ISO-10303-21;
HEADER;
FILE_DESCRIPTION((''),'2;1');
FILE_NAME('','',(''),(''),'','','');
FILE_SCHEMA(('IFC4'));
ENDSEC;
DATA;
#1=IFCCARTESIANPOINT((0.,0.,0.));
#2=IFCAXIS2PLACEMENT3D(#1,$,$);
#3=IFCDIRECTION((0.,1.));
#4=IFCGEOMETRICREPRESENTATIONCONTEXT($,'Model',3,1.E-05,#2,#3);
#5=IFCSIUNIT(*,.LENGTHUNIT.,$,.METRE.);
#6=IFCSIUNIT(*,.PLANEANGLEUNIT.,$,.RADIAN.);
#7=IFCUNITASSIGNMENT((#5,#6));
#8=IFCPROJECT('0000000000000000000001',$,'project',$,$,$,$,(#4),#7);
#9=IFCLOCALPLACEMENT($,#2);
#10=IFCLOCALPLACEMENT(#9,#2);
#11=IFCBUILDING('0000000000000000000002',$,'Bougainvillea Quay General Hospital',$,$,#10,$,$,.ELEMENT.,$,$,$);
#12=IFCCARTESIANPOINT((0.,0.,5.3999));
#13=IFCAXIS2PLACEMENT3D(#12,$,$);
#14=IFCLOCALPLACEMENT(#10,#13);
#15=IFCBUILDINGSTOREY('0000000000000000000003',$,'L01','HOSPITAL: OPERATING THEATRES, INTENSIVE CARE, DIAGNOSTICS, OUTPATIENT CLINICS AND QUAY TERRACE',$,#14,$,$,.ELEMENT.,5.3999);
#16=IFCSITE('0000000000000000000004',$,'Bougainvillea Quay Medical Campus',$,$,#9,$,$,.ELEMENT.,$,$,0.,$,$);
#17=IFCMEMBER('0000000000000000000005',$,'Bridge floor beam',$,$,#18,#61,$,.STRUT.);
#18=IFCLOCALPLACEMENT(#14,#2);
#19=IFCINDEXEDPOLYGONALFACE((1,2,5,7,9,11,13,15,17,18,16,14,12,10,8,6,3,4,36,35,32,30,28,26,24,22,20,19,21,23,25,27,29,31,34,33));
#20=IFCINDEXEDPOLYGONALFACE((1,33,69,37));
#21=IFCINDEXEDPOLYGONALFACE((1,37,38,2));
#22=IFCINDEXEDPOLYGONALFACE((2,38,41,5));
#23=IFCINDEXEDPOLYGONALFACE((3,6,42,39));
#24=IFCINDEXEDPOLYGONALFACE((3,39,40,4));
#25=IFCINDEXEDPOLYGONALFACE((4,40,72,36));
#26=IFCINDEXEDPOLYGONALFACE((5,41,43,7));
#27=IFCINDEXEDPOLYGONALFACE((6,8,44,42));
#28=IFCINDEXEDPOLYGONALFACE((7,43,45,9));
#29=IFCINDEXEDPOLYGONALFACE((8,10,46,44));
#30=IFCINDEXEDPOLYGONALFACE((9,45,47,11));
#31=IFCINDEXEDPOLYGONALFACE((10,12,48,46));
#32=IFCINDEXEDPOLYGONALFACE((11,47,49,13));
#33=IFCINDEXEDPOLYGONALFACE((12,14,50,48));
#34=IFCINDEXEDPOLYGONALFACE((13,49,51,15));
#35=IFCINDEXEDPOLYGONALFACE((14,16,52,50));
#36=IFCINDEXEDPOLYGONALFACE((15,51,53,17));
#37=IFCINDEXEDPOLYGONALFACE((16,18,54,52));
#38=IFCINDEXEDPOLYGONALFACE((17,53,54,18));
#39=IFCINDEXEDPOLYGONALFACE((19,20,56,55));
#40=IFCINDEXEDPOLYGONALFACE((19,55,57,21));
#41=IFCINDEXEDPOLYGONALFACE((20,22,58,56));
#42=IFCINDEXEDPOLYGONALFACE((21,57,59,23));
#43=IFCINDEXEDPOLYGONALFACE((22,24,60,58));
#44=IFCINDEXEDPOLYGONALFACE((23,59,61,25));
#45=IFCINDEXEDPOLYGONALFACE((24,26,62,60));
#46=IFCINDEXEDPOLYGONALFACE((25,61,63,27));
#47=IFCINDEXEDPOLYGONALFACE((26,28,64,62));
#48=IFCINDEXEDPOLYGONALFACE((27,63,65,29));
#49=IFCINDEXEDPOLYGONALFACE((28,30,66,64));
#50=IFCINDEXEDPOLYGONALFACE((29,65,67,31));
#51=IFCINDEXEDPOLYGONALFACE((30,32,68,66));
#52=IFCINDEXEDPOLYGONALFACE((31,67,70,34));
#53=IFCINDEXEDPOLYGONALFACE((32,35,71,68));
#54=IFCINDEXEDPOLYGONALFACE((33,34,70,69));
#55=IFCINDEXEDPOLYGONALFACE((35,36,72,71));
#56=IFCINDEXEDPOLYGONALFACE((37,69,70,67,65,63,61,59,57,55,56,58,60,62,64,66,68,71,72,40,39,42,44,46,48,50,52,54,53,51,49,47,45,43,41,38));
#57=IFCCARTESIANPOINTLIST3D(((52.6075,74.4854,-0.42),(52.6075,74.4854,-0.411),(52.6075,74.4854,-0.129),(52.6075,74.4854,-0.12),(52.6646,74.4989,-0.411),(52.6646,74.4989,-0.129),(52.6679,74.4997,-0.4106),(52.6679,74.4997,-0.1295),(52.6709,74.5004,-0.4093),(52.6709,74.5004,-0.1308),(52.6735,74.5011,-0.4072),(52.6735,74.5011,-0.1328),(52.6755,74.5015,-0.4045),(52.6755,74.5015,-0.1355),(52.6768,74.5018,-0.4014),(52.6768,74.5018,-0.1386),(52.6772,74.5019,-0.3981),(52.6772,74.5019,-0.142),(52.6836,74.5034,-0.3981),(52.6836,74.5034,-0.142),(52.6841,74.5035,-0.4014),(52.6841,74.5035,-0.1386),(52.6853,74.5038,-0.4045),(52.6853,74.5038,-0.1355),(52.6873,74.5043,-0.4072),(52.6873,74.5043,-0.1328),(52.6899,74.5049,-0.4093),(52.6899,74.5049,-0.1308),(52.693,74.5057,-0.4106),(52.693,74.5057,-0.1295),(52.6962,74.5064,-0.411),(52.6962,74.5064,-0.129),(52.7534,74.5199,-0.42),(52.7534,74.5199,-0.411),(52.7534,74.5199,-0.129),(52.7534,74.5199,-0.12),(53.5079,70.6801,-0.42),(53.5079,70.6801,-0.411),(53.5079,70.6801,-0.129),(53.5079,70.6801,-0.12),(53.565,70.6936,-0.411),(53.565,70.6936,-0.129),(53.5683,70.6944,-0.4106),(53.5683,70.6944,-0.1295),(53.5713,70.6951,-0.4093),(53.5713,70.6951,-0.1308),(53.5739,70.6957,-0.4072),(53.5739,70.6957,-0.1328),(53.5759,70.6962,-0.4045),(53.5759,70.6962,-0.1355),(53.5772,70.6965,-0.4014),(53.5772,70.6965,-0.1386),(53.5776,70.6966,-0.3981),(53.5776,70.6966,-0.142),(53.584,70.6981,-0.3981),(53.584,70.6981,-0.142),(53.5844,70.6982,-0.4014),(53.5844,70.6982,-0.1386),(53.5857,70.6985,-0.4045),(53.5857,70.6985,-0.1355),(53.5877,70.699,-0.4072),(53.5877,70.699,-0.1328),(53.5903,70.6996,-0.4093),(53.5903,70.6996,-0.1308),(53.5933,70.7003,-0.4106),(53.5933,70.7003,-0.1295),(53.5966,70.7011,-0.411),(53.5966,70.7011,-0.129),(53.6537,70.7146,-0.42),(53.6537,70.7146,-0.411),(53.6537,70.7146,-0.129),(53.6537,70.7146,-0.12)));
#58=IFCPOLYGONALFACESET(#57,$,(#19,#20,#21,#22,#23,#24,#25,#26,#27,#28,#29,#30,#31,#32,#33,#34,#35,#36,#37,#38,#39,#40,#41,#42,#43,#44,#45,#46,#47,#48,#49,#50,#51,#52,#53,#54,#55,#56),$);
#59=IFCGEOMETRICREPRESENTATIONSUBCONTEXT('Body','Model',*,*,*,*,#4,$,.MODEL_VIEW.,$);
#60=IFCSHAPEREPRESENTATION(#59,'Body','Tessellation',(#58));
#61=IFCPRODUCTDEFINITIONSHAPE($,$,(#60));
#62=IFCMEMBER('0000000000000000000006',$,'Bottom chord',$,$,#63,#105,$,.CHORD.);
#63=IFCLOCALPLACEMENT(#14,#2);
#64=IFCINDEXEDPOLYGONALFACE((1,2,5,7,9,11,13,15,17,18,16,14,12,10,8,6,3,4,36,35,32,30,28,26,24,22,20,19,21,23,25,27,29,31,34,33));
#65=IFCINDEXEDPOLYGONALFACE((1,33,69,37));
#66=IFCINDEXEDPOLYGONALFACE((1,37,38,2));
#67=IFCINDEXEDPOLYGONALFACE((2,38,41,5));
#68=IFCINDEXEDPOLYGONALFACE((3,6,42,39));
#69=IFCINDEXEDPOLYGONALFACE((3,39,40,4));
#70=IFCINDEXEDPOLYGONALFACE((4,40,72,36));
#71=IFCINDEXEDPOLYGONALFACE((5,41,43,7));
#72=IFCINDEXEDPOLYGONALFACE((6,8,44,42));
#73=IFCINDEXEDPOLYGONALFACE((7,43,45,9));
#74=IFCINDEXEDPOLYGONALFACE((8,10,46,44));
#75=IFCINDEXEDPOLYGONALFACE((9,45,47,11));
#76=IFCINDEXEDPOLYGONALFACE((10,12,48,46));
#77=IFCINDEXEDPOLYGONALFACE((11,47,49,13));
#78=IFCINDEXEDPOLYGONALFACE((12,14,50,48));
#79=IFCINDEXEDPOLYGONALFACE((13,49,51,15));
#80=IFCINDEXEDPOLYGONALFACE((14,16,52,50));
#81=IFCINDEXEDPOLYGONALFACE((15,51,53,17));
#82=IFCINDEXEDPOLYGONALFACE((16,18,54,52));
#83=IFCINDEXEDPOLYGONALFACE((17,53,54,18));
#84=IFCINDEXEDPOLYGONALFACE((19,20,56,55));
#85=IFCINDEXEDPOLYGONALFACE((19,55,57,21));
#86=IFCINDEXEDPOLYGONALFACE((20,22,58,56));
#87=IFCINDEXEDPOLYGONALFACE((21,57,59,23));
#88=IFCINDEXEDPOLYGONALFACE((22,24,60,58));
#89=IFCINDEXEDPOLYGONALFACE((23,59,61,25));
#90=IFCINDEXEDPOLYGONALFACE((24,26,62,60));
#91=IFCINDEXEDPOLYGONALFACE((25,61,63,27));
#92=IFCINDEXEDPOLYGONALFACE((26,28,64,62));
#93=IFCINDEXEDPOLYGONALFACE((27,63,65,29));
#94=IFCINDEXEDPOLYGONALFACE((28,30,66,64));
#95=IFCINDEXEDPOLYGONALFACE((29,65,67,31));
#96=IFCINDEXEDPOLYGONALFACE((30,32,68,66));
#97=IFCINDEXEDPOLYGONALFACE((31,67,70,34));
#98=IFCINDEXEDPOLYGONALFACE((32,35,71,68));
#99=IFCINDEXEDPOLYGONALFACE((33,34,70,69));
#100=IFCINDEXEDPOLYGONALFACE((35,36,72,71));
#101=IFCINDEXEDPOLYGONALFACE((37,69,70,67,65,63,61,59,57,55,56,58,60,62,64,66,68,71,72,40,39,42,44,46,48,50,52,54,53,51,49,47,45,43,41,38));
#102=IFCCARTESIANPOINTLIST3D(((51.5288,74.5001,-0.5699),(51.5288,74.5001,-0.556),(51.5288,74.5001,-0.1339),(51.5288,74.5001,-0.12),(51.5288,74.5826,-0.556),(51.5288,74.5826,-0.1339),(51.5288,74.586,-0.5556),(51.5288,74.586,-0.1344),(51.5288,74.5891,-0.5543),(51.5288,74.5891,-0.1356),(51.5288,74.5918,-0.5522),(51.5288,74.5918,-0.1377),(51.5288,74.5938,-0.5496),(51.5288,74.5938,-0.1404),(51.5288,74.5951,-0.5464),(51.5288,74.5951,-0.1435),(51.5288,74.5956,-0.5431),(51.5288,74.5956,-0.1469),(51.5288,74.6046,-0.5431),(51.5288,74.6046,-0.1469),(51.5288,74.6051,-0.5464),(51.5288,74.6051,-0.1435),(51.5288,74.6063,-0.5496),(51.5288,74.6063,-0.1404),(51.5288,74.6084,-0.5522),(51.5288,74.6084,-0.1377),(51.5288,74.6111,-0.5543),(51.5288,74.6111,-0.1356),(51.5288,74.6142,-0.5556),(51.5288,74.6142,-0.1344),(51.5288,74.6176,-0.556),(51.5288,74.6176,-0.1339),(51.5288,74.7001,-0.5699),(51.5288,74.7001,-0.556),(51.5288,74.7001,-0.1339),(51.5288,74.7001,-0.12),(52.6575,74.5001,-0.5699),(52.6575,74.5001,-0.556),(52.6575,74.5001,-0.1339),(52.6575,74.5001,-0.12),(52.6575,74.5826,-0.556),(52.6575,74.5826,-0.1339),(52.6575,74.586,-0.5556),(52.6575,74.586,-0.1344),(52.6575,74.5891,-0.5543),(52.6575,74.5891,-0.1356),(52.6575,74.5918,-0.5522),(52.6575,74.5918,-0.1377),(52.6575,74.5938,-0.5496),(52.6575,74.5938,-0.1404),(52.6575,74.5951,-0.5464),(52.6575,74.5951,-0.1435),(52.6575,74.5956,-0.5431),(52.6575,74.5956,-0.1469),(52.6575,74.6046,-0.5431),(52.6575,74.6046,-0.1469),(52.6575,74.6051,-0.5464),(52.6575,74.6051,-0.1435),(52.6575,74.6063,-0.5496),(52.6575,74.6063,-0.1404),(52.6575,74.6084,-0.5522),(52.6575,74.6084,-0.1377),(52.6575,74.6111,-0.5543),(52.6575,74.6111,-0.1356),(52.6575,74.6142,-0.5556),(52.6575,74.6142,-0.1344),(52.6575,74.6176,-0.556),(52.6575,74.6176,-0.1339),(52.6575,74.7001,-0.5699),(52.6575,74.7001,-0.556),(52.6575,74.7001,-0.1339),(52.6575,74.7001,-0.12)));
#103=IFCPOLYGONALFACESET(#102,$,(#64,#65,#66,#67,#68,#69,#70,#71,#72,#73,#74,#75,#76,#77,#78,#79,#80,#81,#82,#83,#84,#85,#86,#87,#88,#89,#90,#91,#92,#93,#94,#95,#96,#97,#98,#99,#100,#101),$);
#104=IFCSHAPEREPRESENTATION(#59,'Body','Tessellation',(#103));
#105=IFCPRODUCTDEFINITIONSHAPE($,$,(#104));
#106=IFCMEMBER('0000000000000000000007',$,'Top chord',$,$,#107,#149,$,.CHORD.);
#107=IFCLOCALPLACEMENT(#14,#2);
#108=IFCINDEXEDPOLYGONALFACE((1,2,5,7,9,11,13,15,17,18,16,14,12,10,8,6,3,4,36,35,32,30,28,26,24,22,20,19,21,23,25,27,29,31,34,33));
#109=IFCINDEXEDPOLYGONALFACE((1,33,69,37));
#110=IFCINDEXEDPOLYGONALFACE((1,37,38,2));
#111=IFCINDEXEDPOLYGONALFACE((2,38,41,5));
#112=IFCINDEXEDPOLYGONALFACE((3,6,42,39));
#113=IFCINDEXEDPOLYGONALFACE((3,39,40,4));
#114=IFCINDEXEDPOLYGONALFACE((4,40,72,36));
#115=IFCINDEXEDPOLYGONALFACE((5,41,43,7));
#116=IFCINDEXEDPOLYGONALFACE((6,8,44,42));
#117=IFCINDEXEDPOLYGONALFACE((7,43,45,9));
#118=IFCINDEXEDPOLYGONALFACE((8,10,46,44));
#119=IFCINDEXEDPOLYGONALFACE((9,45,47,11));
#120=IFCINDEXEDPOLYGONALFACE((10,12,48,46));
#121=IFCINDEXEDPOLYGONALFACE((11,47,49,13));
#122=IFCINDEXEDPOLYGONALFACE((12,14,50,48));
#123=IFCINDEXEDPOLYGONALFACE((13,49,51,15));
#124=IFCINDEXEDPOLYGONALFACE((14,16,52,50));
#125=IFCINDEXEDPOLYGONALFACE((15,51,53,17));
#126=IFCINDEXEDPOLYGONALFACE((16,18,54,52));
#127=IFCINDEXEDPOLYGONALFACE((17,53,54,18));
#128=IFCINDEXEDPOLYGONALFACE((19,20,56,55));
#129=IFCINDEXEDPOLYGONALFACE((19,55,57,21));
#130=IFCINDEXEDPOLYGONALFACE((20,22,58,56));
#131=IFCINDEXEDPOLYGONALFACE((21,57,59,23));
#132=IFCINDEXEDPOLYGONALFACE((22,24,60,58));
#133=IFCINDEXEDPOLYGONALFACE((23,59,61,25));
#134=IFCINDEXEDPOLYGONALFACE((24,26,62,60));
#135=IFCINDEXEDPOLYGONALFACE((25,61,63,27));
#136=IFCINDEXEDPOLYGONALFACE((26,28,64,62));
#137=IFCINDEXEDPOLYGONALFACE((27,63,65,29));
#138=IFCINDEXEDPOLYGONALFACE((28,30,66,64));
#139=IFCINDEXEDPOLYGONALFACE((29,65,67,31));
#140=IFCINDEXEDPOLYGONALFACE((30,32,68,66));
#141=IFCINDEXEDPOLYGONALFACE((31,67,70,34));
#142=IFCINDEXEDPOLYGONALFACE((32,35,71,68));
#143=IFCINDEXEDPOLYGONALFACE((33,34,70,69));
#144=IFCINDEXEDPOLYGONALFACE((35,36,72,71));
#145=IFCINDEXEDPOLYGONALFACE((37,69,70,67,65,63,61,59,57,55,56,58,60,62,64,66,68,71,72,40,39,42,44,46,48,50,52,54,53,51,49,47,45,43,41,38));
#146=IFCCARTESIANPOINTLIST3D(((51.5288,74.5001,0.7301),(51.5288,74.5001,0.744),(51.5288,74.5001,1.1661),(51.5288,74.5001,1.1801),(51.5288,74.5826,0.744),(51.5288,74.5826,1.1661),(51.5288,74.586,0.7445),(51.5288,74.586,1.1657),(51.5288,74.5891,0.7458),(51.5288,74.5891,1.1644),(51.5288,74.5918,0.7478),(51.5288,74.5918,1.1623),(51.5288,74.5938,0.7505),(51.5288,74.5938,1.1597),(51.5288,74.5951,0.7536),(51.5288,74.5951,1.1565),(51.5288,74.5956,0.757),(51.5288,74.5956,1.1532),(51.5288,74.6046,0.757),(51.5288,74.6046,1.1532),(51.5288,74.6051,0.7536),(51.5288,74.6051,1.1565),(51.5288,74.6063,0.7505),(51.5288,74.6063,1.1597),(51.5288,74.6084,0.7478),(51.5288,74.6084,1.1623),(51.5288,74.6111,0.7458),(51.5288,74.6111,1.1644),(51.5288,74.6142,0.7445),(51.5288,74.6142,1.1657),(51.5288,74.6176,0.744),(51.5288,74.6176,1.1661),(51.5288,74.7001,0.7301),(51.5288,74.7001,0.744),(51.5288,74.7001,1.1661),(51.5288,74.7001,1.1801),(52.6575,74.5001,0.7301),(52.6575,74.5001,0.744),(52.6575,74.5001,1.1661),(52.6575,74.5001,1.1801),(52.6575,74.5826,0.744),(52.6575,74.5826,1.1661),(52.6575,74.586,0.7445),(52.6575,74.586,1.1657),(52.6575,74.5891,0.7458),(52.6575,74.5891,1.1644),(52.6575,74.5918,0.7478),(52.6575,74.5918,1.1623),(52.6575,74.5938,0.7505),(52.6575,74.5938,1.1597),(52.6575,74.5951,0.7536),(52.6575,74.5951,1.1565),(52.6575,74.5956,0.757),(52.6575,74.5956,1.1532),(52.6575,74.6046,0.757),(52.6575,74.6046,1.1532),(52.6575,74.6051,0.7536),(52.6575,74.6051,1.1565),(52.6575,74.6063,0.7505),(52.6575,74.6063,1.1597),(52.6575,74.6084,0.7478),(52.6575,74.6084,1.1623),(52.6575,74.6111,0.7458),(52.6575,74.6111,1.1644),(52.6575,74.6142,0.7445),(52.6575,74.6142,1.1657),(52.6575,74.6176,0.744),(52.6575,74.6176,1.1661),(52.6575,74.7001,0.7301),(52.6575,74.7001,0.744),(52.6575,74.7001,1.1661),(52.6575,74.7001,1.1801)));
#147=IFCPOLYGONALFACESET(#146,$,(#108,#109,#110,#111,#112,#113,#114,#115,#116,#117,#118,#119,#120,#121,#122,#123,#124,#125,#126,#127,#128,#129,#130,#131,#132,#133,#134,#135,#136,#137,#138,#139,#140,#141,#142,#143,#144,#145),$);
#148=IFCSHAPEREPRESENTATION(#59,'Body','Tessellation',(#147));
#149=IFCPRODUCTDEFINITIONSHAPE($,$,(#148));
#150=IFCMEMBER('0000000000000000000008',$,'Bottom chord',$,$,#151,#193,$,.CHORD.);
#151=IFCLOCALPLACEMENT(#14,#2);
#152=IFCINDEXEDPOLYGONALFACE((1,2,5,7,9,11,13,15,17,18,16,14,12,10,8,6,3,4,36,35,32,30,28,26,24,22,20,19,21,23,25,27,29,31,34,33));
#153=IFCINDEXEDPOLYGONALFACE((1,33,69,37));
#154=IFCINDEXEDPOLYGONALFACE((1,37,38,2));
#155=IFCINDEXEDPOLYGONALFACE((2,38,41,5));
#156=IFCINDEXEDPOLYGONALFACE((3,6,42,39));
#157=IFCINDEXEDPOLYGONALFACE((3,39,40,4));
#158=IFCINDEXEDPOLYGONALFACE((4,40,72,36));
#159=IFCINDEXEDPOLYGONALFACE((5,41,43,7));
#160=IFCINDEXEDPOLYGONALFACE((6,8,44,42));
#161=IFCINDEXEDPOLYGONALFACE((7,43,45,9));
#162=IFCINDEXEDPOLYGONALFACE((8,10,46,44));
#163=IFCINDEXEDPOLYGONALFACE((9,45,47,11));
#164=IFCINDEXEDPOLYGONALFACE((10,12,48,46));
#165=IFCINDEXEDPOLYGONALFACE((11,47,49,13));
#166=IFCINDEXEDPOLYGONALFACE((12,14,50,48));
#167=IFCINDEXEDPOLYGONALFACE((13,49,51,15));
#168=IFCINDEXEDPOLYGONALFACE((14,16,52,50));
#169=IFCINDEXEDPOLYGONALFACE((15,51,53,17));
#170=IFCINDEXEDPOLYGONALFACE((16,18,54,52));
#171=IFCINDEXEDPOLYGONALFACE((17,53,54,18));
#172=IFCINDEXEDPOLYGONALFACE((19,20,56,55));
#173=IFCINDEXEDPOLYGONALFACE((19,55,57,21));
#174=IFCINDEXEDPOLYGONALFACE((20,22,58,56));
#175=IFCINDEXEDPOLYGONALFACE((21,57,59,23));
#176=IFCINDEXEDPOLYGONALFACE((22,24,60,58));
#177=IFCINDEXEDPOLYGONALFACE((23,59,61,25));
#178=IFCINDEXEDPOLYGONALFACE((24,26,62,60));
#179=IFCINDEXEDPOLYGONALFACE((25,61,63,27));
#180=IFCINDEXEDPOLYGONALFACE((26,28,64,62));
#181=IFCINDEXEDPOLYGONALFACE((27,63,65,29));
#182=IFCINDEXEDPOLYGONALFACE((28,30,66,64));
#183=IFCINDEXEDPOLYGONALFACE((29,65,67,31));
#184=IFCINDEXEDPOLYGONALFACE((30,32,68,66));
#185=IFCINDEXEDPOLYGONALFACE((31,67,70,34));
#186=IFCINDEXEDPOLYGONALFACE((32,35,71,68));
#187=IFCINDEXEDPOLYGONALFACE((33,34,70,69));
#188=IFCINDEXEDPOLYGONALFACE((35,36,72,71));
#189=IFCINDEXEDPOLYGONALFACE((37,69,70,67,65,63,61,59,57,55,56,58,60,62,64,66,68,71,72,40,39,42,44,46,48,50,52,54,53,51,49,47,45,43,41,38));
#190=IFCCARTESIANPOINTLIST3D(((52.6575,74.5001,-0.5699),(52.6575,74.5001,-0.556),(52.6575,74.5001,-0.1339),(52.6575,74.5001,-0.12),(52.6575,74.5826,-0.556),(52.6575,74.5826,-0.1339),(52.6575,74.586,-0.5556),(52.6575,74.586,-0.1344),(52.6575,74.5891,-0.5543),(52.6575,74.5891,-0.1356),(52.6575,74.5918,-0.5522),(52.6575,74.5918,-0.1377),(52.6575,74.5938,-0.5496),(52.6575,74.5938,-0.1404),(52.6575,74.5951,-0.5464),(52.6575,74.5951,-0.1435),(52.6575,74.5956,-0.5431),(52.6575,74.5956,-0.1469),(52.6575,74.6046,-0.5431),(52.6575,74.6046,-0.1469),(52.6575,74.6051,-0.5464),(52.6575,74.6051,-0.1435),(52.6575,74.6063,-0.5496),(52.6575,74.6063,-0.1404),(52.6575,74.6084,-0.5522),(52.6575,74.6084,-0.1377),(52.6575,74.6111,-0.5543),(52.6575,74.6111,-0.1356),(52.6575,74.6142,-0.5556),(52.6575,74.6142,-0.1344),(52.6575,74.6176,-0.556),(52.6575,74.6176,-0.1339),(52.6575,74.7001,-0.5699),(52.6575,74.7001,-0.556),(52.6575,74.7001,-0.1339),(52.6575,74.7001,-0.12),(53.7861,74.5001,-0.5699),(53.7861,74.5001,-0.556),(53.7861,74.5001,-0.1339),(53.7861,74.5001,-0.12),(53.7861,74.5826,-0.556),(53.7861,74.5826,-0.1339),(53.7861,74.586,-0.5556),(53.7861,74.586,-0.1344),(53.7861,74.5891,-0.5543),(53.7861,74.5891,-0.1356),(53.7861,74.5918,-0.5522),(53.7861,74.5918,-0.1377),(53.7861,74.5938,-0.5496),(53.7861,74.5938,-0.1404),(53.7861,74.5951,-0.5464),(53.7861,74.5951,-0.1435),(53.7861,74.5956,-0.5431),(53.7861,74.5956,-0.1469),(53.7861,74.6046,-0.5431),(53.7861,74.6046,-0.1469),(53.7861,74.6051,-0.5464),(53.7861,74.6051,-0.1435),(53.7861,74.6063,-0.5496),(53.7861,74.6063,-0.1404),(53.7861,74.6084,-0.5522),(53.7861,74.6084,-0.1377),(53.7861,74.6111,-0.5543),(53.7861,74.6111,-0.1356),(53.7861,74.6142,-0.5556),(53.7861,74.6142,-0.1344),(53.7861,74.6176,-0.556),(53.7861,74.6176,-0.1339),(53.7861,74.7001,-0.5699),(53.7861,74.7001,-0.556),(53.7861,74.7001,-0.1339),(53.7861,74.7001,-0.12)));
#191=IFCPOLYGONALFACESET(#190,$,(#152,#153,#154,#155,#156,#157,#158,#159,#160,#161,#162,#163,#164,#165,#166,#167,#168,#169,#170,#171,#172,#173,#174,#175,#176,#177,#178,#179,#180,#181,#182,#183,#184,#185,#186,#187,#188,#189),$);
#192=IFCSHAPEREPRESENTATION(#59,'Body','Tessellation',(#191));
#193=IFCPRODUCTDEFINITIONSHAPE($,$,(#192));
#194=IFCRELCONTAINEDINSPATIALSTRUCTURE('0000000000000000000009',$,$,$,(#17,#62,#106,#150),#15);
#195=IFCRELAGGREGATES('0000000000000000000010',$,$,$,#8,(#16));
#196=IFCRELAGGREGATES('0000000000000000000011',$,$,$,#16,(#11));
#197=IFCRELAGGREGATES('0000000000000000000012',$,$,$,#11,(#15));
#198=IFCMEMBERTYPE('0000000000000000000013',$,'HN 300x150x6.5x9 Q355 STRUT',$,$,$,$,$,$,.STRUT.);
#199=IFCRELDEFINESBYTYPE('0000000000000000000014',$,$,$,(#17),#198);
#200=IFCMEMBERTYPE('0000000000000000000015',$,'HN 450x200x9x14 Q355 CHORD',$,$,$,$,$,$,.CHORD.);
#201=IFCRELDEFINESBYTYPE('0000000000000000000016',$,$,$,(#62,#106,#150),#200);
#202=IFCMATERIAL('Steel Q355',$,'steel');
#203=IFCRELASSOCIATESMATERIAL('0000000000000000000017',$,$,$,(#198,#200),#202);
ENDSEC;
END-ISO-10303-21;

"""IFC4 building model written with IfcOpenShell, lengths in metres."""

from ifc_helpers import new_model, si_unit, direction, frame, origin, origin_2d, place, context, subcontext, project, spatial, i_section, extrude, material, material_profile, profile_set, type_object, element, save


model = new_model("IFC4")

# Units and contexts
model_context = context("Model", 3, precision=1e-05, world=origin(), true_north=direction((0.0, 1.0)))
body_context = subcontext(model_context, "Body", "Model", "MODEL_VIEW")
ifc_project = project(units=[si_unit("LENGTHUNIT", "METRE"), si_unit("PLANEANGLEUNIT", "RADIAN")], contexts=[model_context])

# Site, building, storey
site_placement = place(None, origin())
site = spatial("IfcSite", under=ifc_project, at=site_placement, Name="Bougainvillea Quay Medical Campus", CompositionType="ELEMENT", RefElevation=0.0)
building_placement = place(site_placement, origin())
building = spatial("IfcBuilding", under=site, at=building_placement, Name="Bougainvillea Quay General Hospital", CompositionType="ELEMENT")
storey_placement = place(building_placement, frame((0.0, 0.0, 5.3999)))
storey = spatial("IfcBuildingStorey", under=building, at=storey_placement, Name="L01", Description="HOSPITAL: OPERATING THEATRES, INTENSIVE CARE, DIAGNOSTICS, OUTPATIENT CLINICS AND QUAY TERRACE", CompositionType="ELEMENT", Elevation=5.3999)

# Members
ifc_material_1 = material(Name="Steel Q355", Category="steel")
ifc_material_profile_1 = material_profile(ifc_material_1, i_section(OverallWidth=0.1499, OverallDepth=0.3, WebThickness=0.0066, FlangeThickness=0.009, FilletRadius=0.0129, at=origin_2d()))
ifc_profile_set_1 = profile_set([ifc_material_profile_1], Name="Steel Q355")
member_type_1 = type_object("IfcMemberType", Name="HN 300x150x6.5x9 Q355 STRUT", PredefinedType="STRUT", material=ifc_profile_set_1)
member_1_placement = place(storey_placement, frame((52.6804, 74.5027, -0.27), z_axis=(0.23025, -0.973131, 0.0), x_axis=(0.973131, 0.23025, 0.0)))
element("IfcMember", 1, at=member_1_placement, inside=storey, type_object=member_type_1, Name="Bridge floor beam", PredefinedType="STRUT", context=body_context, shape_type="SweptSolid", body=[
    extrude(i_section(OverallWidth=0.1499, OverallDepth=0.3, WebThickness=0.0066, FlangeThickness=0.009, FilletRadius=0.0129, at=origin_2d()), origin(), (0.0, 0.0, 1.0), 3.9104),
])
ifc_material_profile_2 = material_profile(ifc_material_1, i_section(OverallWidth=0.2, OverallDepth=0.45, WebThickness=0.009, FlangeThickness=0.0139, FilletRadius=0.0129, at=origin_2d()))
ifc_profile_set_2 = profile_set([ifc_material_profile_2], Name="Steel Q355")
member_type_2 = type_object("IfcMemberType", Name="HN 450x200x9x14 Q355 CHORD", PredefinedType="CHORD", material=ifc_profile_set_2)
for number, where, z_axis, x_axis, name in (
    (2, (51.5288, 74.6001, -0.345), (1.0, 0.0, 0.0), (0.0, 1.0, 0.0), "Bottom chord"),
    (3, (51.5288, 74.6001, 0.9551), (1.0, 0.0, 0.0), (0.0, 1.0, 0.0), "Top chord"),
    (4, (52.6575, 74.6001, -0.345), (1.0, 0.0, 0.0), (0.0, 1.0, 0.0), "Bottom chord"),
):
    element("IfcMember", number, at=place(storey_placement, frame(where, z_axis=z_axis, x_axis=x_axis)), inside=storey, type_object=member_type_2, Name=name, PredefinedType="CHORD", context=body_context, shape_type="SweptSolid", body=[
        extrude(i_section(OverallWidth=0.2, OverallDepth=0.45, WebThickness=0.009, FlangeThickness=0.0139, FilletRadius=0.0129, at=origin_2d()), origin(), (0.0, 0.0, 1.0), 1.1287),
    ])

save(model, "model.ifc")
